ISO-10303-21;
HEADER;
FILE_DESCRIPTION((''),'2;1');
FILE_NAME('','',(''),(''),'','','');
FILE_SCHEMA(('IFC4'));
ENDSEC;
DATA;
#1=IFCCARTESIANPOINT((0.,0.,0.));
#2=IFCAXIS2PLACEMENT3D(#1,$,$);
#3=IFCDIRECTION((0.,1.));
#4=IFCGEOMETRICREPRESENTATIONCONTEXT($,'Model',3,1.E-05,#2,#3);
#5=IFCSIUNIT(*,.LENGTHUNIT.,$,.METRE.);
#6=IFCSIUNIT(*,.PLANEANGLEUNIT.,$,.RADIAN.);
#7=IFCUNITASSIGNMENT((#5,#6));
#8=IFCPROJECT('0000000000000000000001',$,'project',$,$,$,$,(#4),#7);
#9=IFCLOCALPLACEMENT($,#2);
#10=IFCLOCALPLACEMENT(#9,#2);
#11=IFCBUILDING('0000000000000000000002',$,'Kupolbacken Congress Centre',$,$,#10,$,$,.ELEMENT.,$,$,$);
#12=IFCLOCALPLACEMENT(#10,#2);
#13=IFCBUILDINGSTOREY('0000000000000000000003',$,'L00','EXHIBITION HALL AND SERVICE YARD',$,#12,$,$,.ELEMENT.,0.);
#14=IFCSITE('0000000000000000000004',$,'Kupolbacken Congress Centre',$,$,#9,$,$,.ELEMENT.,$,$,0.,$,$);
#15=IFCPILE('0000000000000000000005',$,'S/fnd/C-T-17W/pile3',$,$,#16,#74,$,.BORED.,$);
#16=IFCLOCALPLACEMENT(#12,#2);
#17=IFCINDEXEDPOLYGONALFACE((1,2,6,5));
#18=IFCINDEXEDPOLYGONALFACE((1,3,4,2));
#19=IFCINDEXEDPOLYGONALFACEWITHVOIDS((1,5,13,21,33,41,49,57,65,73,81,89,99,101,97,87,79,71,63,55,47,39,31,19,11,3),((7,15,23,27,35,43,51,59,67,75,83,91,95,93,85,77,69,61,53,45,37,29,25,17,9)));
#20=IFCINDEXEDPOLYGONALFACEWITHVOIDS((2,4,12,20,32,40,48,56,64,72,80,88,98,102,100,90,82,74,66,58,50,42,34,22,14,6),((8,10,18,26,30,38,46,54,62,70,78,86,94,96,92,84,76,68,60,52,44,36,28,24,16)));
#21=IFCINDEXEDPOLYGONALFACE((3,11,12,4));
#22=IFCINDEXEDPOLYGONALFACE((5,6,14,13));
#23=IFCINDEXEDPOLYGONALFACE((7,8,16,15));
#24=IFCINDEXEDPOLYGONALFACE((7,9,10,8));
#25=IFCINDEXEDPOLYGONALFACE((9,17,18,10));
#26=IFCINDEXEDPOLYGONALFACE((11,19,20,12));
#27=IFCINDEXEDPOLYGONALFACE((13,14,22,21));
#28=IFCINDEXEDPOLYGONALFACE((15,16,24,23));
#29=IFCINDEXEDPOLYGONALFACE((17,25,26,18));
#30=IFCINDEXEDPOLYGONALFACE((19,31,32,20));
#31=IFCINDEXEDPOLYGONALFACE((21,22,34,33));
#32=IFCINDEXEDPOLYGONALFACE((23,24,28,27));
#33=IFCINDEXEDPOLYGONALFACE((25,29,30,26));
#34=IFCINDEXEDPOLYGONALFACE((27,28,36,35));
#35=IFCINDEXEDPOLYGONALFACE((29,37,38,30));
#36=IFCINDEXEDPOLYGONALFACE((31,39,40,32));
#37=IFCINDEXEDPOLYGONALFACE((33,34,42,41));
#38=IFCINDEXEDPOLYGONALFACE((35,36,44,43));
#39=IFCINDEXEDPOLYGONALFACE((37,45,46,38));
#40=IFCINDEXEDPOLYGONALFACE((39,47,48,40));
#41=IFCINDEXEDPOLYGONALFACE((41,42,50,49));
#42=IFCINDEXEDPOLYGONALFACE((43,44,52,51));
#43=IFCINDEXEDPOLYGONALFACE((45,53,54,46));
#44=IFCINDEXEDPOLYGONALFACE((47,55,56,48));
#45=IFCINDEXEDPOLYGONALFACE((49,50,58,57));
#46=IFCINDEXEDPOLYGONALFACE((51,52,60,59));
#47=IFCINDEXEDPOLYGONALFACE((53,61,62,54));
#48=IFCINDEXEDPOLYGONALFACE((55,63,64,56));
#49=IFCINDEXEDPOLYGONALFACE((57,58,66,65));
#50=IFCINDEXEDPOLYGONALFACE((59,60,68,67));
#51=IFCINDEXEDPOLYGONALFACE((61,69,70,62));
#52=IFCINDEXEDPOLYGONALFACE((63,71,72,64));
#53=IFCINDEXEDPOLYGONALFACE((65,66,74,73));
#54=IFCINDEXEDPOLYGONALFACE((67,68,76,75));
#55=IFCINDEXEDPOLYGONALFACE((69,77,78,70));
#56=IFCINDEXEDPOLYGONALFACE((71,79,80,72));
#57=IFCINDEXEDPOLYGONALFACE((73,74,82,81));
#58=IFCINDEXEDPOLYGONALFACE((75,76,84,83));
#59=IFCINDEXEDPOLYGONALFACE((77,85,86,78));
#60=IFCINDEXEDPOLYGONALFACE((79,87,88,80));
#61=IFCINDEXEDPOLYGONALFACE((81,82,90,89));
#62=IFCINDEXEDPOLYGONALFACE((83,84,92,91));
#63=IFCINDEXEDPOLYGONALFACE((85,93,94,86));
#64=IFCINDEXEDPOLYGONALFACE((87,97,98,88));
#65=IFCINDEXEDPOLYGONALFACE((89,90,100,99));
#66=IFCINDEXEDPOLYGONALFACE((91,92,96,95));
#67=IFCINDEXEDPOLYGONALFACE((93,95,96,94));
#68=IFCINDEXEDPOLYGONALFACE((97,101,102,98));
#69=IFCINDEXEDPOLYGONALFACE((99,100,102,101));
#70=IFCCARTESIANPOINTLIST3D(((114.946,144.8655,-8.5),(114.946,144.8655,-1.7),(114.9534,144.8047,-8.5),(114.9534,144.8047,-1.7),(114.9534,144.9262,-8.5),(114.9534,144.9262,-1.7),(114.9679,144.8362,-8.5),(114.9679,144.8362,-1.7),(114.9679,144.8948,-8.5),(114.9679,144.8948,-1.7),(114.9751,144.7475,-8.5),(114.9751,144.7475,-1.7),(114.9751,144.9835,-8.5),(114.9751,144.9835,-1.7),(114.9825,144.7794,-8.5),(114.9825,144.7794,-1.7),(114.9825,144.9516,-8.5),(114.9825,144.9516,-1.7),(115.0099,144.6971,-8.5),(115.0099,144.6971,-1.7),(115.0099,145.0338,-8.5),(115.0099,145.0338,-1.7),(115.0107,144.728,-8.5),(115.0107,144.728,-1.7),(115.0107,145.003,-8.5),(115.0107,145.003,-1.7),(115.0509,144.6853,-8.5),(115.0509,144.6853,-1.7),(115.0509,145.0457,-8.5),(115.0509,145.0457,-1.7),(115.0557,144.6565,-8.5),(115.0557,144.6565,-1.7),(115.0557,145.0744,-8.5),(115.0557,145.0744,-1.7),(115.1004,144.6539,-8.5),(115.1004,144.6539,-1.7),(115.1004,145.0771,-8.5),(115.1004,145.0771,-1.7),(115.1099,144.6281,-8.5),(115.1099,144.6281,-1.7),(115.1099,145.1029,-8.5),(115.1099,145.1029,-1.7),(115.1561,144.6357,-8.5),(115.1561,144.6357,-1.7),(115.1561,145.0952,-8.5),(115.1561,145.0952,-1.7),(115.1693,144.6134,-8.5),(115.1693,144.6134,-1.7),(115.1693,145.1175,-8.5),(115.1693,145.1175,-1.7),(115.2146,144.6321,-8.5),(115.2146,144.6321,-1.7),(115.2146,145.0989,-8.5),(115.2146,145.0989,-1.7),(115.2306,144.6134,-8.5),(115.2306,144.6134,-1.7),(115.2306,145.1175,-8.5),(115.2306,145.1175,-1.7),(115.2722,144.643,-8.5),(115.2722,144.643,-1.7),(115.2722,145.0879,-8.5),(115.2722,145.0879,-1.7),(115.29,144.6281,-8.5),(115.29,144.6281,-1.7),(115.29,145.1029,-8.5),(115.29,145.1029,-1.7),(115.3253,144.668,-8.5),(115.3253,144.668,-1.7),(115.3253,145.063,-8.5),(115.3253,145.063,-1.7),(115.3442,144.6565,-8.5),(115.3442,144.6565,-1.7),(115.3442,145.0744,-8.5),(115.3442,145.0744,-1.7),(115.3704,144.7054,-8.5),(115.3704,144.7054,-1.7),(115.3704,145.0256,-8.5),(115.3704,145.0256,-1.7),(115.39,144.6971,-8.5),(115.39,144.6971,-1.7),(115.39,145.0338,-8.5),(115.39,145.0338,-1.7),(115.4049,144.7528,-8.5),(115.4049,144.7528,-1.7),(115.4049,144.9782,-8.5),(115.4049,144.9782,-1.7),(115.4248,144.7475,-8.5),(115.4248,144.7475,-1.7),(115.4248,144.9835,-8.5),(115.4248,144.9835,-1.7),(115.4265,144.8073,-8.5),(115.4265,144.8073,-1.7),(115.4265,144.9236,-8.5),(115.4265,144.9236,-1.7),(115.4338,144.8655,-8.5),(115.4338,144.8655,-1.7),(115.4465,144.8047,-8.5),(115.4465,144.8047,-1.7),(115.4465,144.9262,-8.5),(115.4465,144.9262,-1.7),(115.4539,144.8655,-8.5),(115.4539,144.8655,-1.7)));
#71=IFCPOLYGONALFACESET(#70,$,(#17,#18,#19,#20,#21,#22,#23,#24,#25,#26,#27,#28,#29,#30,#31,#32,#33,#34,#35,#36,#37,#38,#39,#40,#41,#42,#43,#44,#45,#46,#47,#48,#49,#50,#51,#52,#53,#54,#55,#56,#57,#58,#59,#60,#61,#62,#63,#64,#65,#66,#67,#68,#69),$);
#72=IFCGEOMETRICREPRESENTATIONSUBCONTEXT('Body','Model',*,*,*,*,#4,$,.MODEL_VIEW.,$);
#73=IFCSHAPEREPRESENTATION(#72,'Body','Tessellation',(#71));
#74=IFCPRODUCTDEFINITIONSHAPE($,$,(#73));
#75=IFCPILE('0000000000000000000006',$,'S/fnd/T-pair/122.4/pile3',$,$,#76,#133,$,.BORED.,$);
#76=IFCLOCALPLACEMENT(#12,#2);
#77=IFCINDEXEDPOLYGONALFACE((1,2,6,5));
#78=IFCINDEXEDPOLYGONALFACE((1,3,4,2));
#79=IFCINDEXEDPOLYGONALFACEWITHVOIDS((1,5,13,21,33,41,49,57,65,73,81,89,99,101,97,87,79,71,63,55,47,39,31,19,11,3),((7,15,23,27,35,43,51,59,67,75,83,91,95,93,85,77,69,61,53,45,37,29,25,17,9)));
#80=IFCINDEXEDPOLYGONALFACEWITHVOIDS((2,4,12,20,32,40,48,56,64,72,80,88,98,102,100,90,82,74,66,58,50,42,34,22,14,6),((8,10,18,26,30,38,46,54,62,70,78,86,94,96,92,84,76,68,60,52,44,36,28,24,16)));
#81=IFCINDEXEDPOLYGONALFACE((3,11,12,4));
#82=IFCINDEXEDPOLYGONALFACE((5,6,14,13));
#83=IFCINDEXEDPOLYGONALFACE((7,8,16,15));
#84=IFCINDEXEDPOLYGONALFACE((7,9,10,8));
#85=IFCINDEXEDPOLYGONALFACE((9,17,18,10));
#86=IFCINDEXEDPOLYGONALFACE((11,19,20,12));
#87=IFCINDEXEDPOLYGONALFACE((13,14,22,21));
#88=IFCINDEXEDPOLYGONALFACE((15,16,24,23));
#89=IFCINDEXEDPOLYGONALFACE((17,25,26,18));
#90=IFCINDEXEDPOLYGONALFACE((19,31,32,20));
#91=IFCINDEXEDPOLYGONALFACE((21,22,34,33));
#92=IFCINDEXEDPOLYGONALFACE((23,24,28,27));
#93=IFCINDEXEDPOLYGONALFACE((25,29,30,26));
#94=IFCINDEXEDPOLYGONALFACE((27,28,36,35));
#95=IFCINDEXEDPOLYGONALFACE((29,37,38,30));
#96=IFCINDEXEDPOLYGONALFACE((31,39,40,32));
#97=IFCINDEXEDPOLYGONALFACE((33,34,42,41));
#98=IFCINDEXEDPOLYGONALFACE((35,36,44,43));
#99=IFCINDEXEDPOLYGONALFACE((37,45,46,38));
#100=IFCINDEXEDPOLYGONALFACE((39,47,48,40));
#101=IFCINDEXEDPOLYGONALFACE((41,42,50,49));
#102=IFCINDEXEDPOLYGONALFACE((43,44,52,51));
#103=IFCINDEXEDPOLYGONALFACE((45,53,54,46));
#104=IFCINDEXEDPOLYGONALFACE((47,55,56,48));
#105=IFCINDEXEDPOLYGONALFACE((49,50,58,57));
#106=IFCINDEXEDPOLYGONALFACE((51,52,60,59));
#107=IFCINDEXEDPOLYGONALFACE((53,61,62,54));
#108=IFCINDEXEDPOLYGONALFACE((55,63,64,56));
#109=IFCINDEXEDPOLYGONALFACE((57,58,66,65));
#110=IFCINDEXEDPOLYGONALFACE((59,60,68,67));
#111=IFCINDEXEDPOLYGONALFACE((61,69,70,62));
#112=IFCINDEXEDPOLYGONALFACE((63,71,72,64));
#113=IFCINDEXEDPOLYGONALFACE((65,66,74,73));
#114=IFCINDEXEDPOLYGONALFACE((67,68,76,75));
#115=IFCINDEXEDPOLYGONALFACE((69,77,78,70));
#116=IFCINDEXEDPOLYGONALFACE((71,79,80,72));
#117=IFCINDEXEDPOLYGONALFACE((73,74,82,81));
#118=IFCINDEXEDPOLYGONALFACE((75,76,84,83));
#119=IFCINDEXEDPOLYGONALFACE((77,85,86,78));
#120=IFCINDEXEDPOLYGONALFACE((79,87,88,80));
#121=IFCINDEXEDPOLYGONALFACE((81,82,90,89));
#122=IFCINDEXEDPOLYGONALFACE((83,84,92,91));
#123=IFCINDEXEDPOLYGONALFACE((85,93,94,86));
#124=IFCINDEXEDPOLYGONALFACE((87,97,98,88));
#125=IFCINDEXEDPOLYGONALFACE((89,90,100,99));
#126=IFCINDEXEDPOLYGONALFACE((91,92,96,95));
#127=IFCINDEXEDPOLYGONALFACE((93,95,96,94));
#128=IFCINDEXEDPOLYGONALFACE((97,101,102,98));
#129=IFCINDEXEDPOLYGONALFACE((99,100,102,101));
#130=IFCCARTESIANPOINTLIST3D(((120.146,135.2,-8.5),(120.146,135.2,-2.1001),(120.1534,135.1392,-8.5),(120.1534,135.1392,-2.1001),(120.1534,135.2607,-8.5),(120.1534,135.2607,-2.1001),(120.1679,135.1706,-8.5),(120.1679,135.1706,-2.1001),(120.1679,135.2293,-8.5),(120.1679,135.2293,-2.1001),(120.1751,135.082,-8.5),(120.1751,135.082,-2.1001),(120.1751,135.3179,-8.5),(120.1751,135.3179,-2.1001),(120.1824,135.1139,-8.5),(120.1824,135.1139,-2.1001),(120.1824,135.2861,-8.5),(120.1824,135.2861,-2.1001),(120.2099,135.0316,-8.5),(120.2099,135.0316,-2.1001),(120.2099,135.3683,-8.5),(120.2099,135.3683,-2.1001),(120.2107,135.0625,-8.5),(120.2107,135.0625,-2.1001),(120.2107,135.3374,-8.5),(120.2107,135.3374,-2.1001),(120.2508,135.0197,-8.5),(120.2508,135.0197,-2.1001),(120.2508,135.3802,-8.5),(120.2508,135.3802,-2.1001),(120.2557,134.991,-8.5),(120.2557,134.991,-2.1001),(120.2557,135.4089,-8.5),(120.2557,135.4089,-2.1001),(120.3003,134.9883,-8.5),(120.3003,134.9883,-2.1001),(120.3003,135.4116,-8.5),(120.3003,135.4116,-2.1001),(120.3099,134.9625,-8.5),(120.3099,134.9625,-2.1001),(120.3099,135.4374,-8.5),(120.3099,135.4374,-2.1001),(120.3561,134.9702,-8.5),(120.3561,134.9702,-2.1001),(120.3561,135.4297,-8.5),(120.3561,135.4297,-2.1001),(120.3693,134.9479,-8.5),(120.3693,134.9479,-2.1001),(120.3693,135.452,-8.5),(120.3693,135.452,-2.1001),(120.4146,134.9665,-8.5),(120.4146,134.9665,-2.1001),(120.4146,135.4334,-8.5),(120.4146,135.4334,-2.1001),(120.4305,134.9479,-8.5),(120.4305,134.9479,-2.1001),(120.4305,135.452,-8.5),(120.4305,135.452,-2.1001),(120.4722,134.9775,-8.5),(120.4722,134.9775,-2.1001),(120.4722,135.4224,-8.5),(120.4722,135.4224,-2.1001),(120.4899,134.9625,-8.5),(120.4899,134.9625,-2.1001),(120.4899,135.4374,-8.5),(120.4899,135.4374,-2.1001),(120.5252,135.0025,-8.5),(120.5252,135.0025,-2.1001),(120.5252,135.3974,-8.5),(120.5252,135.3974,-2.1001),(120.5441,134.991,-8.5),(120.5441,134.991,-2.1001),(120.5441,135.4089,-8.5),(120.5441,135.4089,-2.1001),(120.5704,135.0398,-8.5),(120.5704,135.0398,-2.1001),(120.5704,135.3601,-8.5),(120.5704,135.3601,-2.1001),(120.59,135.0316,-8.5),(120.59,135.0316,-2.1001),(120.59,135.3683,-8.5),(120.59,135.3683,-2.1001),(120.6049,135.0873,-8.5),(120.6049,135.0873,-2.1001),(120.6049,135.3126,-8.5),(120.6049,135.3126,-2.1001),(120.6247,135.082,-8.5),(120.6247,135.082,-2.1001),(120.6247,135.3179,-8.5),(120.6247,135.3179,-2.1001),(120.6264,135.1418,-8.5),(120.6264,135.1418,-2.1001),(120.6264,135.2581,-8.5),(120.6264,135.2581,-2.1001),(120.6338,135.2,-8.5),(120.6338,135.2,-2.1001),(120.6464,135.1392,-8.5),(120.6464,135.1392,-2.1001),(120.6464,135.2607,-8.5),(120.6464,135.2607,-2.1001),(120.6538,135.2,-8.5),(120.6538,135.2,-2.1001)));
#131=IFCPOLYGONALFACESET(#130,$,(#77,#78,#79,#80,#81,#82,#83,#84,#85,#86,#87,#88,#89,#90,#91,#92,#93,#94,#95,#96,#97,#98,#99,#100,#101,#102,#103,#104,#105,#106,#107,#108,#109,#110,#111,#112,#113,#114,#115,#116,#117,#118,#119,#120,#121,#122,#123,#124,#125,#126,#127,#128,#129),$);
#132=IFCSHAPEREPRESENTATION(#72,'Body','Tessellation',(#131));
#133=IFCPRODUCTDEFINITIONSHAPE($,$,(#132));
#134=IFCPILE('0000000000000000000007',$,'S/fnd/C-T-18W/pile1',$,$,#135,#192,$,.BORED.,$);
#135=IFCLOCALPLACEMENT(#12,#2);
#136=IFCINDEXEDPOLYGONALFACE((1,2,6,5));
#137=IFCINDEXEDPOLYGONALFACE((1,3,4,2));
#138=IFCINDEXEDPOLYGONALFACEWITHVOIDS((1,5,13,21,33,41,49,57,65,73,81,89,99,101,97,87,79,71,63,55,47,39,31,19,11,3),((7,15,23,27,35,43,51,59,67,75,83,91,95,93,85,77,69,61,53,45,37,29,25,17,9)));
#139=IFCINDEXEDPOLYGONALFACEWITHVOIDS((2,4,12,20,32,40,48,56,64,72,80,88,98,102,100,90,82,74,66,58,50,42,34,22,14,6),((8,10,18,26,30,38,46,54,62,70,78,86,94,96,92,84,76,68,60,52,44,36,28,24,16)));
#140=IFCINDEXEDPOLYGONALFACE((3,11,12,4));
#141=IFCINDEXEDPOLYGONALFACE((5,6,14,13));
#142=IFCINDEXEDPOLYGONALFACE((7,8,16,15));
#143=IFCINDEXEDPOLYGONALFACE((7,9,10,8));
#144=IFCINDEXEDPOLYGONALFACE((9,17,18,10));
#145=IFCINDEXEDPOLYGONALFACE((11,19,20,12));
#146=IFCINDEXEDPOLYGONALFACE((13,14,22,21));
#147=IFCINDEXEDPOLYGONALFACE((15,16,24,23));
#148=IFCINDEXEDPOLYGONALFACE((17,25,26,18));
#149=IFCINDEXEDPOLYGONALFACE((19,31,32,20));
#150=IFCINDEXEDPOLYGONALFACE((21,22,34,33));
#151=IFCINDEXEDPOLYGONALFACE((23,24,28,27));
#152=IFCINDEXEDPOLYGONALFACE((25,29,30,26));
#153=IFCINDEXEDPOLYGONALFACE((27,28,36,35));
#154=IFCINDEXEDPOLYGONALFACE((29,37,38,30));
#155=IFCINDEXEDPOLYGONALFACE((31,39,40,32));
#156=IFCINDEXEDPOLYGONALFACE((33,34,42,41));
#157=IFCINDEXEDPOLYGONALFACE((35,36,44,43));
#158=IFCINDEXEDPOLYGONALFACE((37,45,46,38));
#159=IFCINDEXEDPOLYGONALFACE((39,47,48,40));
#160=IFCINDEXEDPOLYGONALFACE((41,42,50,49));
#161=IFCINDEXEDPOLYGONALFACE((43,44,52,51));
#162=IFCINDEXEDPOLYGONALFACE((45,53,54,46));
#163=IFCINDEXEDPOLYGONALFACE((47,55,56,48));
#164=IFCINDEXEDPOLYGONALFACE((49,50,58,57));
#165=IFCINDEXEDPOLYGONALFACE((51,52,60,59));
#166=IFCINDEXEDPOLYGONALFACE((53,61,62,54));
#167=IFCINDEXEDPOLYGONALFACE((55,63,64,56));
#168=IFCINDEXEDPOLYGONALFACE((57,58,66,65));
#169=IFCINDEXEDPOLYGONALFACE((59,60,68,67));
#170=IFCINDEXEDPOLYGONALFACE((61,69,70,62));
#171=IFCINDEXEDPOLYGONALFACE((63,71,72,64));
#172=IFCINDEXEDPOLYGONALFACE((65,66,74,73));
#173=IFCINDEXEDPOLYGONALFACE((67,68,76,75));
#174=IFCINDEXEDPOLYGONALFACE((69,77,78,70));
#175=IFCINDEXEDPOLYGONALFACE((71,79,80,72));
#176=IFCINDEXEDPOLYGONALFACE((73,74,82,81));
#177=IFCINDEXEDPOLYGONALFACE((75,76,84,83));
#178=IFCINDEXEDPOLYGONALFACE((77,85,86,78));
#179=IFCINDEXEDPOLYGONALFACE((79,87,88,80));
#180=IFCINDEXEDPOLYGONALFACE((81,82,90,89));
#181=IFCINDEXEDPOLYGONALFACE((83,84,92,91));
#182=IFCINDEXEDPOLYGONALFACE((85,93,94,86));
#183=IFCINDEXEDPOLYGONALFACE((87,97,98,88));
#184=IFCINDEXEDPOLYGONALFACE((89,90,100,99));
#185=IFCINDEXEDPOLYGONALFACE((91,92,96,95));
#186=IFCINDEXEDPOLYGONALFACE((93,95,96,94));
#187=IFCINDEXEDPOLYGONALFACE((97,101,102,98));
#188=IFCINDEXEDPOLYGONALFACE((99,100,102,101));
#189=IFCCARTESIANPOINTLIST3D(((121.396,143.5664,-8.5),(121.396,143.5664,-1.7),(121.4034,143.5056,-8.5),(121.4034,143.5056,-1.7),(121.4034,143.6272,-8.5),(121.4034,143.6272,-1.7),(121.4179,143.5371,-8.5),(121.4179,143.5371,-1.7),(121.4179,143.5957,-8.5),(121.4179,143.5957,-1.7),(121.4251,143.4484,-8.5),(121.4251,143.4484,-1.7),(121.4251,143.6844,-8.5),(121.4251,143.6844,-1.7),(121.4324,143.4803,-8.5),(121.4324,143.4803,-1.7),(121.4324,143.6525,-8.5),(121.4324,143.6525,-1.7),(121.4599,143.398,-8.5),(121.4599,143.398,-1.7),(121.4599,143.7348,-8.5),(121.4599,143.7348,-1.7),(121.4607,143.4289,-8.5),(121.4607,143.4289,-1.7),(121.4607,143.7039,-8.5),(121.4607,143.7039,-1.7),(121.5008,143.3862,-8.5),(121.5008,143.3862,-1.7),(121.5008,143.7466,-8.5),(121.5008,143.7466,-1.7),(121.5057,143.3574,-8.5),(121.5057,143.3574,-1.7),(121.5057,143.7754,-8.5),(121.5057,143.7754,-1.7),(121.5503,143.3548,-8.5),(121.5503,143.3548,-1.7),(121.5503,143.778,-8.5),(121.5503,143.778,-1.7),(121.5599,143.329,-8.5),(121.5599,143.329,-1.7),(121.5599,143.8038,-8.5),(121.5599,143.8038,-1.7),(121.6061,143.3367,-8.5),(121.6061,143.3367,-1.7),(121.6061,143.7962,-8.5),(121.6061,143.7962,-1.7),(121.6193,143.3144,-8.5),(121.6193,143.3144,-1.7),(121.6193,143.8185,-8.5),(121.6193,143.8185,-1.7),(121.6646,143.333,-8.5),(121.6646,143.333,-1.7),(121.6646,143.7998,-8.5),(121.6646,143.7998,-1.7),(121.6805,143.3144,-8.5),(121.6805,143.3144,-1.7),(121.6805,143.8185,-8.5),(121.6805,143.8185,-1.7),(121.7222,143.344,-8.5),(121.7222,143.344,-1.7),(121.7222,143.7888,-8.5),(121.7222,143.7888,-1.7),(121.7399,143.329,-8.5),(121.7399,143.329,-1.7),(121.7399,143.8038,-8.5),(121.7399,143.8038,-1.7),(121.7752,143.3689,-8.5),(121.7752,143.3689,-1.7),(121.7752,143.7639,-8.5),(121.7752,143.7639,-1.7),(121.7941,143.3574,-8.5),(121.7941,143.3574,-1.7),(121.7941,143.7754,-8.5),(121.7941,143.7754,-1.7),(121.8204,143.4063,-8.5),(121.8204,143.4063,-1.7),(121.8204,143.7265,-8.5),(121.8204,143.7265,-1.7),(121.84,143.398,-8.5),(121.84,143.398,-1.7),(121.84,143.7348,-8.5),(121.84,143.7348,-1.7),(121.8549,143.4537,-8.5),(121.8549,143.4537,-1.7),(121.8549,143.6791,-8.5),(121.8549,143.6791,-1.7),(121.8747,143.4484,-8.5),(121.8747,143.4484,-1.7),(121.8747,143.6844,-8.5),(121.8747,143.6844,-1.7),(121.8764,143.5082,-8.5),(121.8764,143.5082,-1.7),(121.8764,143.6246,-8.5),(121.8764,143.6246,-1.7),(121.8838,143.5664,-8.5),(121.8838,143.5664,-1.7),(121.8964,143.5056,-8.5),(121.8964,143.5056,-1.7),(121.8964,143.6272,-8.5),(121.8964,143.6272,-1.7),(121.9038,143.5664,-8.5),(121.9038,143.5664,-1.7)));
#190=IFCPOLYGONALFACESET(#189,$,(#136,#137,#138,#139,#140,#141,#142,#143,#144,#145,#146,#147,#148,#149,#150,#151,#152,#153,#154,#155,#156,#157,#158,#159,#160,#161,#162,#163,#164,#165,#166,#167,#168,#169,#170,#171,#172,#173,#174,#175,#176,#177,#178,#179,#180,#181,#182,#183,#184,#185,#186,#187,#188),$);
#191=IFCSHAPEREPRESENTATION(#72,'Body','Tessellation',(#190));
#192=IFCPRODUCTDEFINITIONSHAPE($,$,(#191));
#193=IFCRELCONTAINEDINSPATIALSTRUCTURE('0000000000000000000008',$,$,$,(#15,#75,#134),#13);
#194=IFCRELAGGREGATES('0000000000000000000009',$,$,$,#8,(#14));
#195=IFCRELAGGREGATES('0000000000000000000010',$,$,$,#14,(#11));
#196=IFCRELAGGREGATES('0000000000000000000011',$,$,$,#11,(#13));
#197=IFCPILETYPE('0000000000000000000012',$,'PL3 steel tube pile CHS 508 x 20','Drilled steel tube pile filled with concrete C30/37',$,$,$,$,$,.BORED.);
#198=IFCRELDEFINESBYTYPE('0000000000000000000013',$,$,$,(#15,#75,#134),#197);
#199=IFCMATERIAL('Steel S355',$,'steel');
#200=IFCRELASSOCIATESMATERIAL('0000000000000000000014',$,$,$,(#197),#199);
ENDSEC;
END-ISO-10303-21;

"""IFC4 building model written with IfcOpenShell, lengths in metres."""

from ifc_helpers import new_model, si_unit, direction, frame, origin, origin_2d, place, context, subcontext, project, spatial, hollow_circle, extrude, material, material_profile, profile_set, type_object, element, save


model = new_model("IFC4")

# Units and contexts
model_context = context("Model", 3, precision=1e-05, world=origin(), true_north=direction((0.0, 1.0)))
body_context = subcontext(model_context, "Body", "Model", "MODEL_VIEW")
ifc_project = project(units=[si_unit("LENGTHUNIT", "METRE"), si_unit("PLANEANGLEUNIT", "RADIAN")], contexts=[model_context])

# Site, building, storey
site_placement = place(None, origin())
site = spatial("IfcSite", under=ifc_project, at=site_placement, Name="Kupolbacken Congress Centre", CompositionType="ELEMENT", RefElevation=0.0)
building_placement = place(site_placement, origin())
building = spatial("IfcBuilding", under=site, at=building_placement, Name="Kupolbacken Congress Centre", CompositionType="ELEMENT")
storey_placement = place(building_placement, origin())
storey = spatial("IfcBuildingStorey", under=building, at=storey_placement, Name="L00", Description="EXHIBITION HALL AND SERVICE YARD", CompositionType="ELEMENT", Elevation=0.0)

# Piles
ifc_material_1 = material(Name="Steel S355", Category="steel")
ifc_material_profile_1 = material_profile(ifc_material_1, hollow_circle(Radius=0.2539, WallThickness=0.02, at=origin_2d()), Name="CHS 508 x 20")
ifc_profile_set_1 = profile_set([ifc_material_profile_1], Name="Steel S355")
pile_type = type_object("IfcPileType", Name="PL3 steel tube pile CHS 508 x 20", Description="Drilled steel tube pile filled with concrete C30/37", PredefinedType="BORED", material=ifc_profile_set_1)
for number, where, z_axis, x_axis, name in (
    (1, (115.2, 144.8655, -1.7), (0.0, 0.0, -1.0), (1.0, 0.0, 0.0), "S/fnd/C-T-17W/pile3"),
):
    element("IfcPile", number, at=place(storey_placement, frame(where, z_axis=z_axis, x_axis=x_axis)), inside=storey, type_object=pile_type, Name=name, PredefinedType="BORED", context=body_context, shape_type="SweptSolid", body=[
        extrude(hollow_circle(Radius=0.2539, WallThickness=0.02, at=origin_2d()), origin(), (0.0, 0.0, 1.0), 6.8),
    ])
pile_1_placement = place(storey_placement, frame((120.3999, 135.2, -2.1001), z_axis=(0.0, 0.0, -1.0), x_axis=(1.0, 0.0, 0.0)))
element("IfcPile", 2, at=pile_1_placement, inside=storey, type_object=pile_type, Name="S/fnd/T-pair/122.4/pile3", PredefinedType="BORED", context=body_context, shape_type="SweptSolid", body=[
    extrude(hollow_circle(Radius=0.2539, WallThickness=0.02, at=origin_2d()), origin(), (0.0, 0.0, 1.0), 6.3999),
])
pile_2_placement = place(storey_placement, frame((121.6499, 143.5664, -1.7), z_axis=(0.0, 0.0, -1.0), x_axis=(1.0, 0.0, 0.0)))
element("IfcPile", 3, at=pile_2_placement, inside=storey, type_object=pile_type, Name="S/fnd/C-T-18W/pile1", PredefinedType="BORED", context=body_context, shape_type="SweptSolid", body=[
    extrude(hollow_circle(Radius=0.2539, WallThickness=0.02, at=origin_2d()), origin(), (0.0, 0.0, 1.0), 6.8),
])

save(model, "model.ifc")
